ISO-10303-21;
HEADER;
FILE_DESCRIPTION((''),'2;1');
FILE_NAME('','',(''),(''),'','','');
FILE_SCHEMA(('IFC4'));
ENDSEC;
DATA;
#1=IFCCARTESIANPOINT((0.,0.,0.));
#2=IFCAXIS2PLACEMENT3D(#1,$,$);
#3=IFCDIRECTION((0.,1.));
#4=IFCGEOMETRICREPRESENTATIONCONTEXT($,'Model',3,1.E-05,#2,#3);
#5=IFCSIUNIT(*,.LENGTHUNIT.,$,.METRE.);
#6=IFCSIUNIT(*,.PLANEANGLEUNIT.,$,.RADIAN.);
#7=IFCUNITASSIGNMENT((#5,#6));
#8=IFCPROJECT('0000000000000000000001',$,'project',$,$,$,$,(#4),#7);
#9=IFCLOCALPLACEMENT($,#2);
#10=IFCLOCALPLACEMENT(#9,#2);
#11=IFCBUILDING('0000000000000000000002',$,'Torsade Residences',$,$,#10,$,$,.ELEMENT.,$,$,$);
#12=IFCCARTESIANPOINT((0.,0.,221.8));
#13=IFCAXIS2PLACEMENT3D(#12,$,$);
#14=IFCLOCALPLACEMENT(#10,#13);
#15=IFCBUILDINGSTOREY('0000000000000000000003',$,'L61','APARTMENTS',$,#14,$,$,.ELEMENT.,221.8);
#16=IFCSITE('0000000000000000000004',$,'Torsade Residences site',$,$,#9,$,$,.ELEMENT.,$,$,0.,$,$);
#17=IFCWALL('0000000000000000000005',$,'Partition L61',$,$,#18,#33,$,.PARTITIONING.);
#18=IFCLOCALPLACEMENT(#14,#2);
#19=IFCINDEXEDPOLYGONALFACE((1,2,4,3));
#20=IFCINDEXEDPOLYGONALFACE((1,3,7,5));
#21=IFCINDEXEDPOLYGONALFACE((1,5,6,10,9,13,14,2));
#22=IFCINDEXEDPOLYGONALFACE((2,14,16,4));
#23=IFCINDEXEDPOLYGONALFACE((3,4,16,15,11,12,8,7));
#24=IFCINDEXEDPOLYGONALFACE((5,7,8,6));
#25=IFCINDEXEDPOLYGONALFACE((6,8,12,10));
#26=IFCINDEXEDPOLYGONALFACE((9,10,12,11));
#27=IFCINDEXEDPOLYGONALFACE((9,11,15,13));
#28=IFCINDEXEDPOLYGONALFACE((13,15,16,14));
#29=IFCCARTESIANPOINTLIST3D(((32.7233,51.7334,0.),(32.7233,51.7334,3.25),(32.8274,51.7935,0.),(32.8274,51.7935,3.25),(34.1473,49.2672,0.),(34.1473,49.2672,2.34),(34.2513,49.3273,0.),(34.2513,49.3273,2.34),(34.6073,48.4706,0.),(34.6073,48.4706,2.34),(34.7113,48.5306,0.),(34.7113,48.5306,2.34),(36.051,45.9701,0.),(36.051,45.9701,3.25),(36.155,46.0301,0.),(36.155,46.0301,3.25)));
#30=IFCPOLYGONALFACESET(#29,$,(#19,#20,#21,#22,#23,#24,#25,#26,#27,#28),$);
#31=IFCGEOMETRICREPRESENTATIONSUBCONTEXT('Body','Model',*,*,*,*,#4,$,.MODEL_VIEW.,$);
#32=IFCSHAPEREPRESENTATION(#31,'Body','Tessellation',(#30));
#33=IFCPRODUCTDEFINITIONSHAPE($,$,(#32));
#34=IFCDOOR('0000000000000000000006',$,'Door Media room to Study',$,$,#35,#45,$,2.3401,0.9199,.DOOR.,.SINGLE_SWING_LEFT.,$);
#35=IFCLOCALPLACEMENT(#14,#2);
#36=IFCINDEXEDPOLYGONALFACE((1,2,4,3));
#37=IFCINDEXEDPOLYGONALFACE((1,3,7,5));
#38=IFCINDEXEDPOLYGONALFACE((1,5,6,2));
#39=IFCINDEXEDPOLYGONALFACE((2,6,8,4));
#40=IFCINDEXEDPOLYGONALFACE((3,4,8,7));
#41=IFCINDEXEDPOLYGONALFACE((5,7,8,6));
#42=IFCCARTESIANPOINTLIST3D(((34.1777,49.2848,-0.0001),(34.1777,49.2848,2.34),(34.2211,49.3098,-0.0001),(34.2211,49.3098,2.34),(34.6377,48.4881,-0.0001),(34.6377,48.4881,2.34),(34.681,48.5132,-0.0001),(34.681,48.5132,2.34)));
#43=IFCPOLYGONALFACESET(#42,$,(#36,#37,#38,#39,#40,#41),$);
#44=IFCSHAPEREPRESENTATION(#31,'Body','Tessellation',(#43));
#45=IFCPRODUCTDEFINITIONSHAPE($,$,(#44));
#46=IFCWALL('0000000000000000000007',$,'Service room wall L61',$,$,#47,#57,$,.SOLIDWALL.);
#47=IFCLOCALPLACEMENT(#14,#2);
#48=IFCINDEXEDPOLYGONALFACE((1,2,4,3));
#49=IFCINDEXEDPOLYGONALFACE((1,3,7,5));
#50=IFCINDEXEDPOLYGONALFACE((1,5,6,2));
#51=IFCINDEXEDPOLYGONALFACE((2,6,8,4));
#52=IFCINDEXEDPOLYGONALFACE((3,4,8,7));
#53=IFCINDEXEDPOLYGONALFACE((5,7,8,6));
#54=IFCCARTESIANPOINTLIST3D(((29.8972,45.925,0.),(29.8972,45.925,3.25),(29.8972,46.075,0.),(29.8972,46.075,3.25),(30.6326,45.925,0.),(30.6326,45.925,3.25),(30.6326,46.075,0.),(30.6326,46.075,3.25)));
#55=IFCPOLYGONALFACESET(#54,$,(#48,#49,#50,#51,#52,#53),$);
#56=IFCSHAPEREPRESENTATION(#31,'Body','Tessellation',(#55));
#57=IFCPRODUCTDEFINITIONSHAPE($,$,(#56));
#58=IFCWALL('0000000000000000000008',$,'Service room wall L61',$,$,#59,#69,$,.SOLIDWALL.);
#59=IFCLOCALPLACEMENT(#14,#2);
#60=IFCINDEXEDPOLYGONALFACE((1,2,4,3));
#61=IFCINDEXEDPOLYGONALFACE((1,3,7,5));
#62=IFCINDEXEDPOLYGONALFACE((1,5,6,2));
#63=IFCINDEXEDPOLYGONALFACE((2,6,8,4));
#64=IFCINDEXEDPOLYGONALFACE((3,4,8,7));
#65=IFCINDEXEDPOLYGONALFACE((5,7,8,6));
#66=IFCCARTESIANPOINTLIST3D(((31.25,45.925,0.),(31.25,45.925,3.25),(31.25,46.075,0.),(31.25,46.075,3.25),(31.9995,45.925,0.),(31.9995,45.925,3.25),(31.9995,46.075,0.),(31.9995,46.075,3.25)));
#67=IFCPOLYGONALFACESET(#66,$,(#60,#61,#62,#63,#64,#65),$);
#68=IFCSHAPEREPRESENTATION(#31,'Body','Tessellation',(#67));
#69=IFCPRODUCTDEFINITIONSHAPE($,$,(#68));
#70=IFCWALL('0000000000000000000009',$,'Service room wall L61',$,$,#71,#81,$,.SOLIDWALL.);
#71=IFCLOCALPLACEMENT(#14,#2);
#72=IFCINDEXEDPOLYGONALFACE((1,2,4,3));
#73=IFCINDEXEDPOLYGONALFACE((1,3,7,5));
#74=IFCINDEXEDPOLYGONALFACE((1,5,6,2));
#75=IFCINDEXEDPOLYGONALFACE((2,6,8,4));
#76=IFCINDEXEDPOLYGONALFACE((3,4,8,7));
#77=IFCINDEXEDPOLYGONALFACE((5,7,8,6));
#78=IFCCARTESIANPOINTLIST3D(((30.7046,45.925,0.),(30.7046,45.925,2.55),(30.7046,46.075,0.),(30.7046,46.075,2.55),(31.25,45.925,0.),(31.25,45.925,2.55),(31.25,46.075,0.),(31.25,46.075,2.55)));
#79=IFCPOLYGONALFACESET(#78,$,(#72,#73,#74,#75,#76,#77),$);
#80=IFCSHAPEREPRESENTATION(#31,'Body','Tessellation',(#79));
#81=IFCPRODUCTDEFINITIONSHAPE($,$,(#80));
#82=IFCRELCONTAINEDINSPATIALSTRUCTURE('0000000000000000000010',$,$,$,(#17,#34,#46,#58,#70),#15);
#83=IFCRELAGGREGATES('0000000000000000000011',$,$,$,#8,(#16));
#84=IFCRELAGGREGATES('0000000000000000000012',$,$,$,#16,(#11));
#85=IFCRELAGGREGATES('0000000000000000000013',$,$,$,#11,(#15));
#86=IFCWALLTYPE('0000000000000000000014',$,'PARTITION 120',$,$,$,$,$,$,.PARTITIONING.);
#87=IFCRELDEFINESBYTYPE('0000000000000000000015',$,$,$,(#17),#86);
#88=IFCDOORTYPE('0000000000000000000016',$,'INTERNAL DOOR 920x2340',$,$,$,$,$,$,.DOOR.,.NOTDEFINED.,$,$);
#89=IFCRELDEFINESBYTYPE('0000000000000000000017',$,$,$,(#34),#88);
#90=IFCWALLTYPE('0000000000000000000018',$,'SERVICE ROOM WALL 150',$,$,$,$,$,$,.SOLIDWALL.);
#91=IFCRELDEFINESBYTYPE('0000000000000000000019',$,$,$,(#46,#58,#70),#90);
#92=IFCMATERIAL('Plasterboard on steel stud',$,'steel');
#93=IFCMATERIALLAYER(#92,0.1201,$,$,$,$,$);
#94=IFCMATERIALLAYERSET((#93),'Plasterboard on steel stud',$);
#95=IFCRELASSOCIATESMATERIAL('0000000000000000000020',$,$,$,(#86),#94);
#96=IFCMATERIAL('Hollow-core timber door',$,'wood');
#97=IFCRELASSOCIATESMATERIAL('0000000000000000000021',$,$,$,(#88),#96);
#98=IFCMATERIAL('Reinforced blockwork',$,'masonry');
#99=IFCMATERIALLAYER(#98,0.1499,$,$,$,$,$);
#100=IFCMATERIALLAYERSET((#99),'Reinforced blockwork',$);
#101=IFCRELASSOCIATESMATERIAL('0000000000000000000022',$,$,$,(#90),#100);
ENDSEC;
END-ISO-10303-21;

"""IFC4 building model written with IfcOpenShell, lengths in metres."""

from ifc_helpers import new_model, si_unit, direction, frame, frame_2d, origin, place, context, subcontext, project, spatial, rectangle, extrude, material, layer, layer_set, type_object, element, fill, save


model = new_model("IFC4")

# Units and contexts
model_context = context("Model", 3, precision=1e-05, world=origin(), true_north=direction((0.0, 1.0)))
body_context = subcontext(model_context, "Body", "Model", "MODEL_VIEW")
ifc_project = project(units=[si_unit("LENGTHUNIT", "METRE"), si_unit("PLANEANGLEUNIT", "RADIAN")], contexts=[model_context])

# Site, building, storey
site_placement = place(None, origin())
site = spatial("IfcSite", under=ifc_project, at=site_placement, Name="Torsade Residences site", CompositionType="ELEMENT", RefElevation=0.0)
building_placement = place(site_placement, origin())
building = spatial("IfcBuilding", under=site, at=building_placement, Name="Torsade Residences", CompositionType="ELEMENT")
storey_placement = place(building_placement, frame((0.0, 0.0, 221.8)))
storey = spatial("IfcBuildingStorey", under=building, at=storey_placement, Name="L61", Description="APARTMENTS", CompositionType="ELEMENT", Elevation=221.8)

# Shared definitions
ifc_material_1 = material(Name="Plasterboard on steel stud", Category="steel")
ifc_layer_1 = layer(ifc_material_1, 0.1201)
ifc_layer_set_1 = layer_set([ifc_layer_1], Name="Plasterboard on steel stud")
wall_type_1 = type_object("IfcWallType", Name="PARTITION 120", PredefinedType="PARTITIONING", material=ifc_layer_set_1)
ifc_material_2 = material(Name="Hollow-core timber door", Category="wood")
door_type_1 = type_object("IfcDoorType", Name="INTERNAL DOOR 920x2340", OperationType="NOTDEFINED", PredefinedType="DOOR", material=ifc_material_2)

# Wall, opening, door
wall_1_placement = place(storey_placement, frame((36.103, 46.0, 0.0), z_axis=(0.0, 0.0, 1.0), x_axis=(-0.500014, 0.866018, 0.0)))
wall_1 = element("IfcWall", 1, at=wall_1_placement, inside=storey, type_object=wall_type_1, Name="Partition L61", PredefinedType="PARTITIONING", context=body_context, shape_type="SweptSolid", body=[
    extrude(rectangle(XDim=6.655, YDim=0.1201, at=frame_2d((3.3276, 0.0))), origin(), (0.0, 0.0, 1.0), 3.25),
])
opening_1_placement = place(wall_1_placement, frame((2.8875, 0.0, 0.0)))
opening_1 = element("IfcOpeningElement", 2, at=opening_1_placement, cuts=wall_1, PredefinedType="OPENING", context=body_context, shape_type="SweptSolid", body=[
    extrude(rectangle(XDim=0.9199, YDim=2.3401, at=frame_2d((0.46, 1.1699))), frame((0.0, 0.0701, 0.0), z_axis=(0.0, -1.0, 0.0), x_axis=(1.0, 0.0, 0.0)), (0.0, 0.0, 1.0), 0.1401),
])
door_1_placement = place(opening_1_placement, origin())
door_1 = element("IfcDoor", 3, at=door_1_placement, inside=storey, type_object=door_type_1, Name="Door Media room to Study", OperationType="SINGLE_SWING_LEFT", OverallHeight=2.3401, OverallWidth=0.9199, PredefinedType="DOOR", context=body_context, shape_type="SweptSolid", body=[
    extrude(rectangle(XDim=0.9199, YDim=2.3401, at=frame_2d((0.46, 1.1699))), frame((0.0, 0.0249, 0.0), z_axis=(0.0, -1.0, 0.0), x_axis=(1.0, 0.0, 0.0)), (0.0, 0.0, 1.0), 0.05),
])
fill(opening_1, door_1)

# Walls
ifc_material_3 = material(Name="Reinforced blockwork", Category="masonry")
ifc_layer_2 = layer(ifc_material_3, 0.1499)
ifc_layer_set_2 = layer_set([ifc_layer_2], Name="Reinforced blockwork")
wall_type_2 = type_object("IfcWallType", Name="SERVICE ROOM WALL 150", PredefinedType="SOLIDWALL", material=ifc_layer_set_2)
wall_2_placement = place(storey_placement, frame((30.6326, 46.0, 0.0), z_axis=(0.0, 0.0, 1.0), x_axis=(-1.0, 0.0, 0.0)))
element("IfcWall", 4, at=wall_2_placement, inside=storey, type_object=wall_type_2, Name="Service room wall L61", PredefinedType="SOLIDWALL", context=body_context, shape_type="SweptSolid", body=[
    extrude(rectangle(XDim=0.7354, YDim=0.1499, at=frame_2d((0.3677, 0.0))), origin(), (0.0, 0.0, 1.0), 3.25),
])
wall_3_placement = place(storey_placement, frame((31.9995, 46.0, 0.0), z_axis=(0.0, 0.0, 1.0), x_axis=(-1.0, 0.0, 0.0)))
element("IfcWall", 5, at=wall_3_placement, inside=storey, type_object=wall_type_2, Name="Service room wall L61", PredefinedType="SOLIDWALL", context=body_context, shape_type="SweptSolid", body=[
    extrude(rectangle(XDim=0.7495, YDim=0.1499, at=frame_2d((0.3748, 0.0))), origin(), (0.0, 0.0, 1.0), 3.25),
])
wall_4_placement = place(storey_placement, frame((31.25, 46.0, 0.0), z_axis=(0.0, 0.0, 1.0), x_axis=(-1.0, 0.0, 0.0)))
element("IfcWall", 6, at=wall_4_placement, inside=storey, type_object=wall_type_2, Name="Service room wall L61", PredefinedType="SOLIDWALL", context=body_context, shape_type="SweptSolid", body=[
    extrude(rectangle(XDim=0.5454, YDim=0.1499, at=frame_2d((0.2727, 0.0))), origin(), (0.0, 0.0, 1.0), 2.55),
])

save(model, "model.ifc")
